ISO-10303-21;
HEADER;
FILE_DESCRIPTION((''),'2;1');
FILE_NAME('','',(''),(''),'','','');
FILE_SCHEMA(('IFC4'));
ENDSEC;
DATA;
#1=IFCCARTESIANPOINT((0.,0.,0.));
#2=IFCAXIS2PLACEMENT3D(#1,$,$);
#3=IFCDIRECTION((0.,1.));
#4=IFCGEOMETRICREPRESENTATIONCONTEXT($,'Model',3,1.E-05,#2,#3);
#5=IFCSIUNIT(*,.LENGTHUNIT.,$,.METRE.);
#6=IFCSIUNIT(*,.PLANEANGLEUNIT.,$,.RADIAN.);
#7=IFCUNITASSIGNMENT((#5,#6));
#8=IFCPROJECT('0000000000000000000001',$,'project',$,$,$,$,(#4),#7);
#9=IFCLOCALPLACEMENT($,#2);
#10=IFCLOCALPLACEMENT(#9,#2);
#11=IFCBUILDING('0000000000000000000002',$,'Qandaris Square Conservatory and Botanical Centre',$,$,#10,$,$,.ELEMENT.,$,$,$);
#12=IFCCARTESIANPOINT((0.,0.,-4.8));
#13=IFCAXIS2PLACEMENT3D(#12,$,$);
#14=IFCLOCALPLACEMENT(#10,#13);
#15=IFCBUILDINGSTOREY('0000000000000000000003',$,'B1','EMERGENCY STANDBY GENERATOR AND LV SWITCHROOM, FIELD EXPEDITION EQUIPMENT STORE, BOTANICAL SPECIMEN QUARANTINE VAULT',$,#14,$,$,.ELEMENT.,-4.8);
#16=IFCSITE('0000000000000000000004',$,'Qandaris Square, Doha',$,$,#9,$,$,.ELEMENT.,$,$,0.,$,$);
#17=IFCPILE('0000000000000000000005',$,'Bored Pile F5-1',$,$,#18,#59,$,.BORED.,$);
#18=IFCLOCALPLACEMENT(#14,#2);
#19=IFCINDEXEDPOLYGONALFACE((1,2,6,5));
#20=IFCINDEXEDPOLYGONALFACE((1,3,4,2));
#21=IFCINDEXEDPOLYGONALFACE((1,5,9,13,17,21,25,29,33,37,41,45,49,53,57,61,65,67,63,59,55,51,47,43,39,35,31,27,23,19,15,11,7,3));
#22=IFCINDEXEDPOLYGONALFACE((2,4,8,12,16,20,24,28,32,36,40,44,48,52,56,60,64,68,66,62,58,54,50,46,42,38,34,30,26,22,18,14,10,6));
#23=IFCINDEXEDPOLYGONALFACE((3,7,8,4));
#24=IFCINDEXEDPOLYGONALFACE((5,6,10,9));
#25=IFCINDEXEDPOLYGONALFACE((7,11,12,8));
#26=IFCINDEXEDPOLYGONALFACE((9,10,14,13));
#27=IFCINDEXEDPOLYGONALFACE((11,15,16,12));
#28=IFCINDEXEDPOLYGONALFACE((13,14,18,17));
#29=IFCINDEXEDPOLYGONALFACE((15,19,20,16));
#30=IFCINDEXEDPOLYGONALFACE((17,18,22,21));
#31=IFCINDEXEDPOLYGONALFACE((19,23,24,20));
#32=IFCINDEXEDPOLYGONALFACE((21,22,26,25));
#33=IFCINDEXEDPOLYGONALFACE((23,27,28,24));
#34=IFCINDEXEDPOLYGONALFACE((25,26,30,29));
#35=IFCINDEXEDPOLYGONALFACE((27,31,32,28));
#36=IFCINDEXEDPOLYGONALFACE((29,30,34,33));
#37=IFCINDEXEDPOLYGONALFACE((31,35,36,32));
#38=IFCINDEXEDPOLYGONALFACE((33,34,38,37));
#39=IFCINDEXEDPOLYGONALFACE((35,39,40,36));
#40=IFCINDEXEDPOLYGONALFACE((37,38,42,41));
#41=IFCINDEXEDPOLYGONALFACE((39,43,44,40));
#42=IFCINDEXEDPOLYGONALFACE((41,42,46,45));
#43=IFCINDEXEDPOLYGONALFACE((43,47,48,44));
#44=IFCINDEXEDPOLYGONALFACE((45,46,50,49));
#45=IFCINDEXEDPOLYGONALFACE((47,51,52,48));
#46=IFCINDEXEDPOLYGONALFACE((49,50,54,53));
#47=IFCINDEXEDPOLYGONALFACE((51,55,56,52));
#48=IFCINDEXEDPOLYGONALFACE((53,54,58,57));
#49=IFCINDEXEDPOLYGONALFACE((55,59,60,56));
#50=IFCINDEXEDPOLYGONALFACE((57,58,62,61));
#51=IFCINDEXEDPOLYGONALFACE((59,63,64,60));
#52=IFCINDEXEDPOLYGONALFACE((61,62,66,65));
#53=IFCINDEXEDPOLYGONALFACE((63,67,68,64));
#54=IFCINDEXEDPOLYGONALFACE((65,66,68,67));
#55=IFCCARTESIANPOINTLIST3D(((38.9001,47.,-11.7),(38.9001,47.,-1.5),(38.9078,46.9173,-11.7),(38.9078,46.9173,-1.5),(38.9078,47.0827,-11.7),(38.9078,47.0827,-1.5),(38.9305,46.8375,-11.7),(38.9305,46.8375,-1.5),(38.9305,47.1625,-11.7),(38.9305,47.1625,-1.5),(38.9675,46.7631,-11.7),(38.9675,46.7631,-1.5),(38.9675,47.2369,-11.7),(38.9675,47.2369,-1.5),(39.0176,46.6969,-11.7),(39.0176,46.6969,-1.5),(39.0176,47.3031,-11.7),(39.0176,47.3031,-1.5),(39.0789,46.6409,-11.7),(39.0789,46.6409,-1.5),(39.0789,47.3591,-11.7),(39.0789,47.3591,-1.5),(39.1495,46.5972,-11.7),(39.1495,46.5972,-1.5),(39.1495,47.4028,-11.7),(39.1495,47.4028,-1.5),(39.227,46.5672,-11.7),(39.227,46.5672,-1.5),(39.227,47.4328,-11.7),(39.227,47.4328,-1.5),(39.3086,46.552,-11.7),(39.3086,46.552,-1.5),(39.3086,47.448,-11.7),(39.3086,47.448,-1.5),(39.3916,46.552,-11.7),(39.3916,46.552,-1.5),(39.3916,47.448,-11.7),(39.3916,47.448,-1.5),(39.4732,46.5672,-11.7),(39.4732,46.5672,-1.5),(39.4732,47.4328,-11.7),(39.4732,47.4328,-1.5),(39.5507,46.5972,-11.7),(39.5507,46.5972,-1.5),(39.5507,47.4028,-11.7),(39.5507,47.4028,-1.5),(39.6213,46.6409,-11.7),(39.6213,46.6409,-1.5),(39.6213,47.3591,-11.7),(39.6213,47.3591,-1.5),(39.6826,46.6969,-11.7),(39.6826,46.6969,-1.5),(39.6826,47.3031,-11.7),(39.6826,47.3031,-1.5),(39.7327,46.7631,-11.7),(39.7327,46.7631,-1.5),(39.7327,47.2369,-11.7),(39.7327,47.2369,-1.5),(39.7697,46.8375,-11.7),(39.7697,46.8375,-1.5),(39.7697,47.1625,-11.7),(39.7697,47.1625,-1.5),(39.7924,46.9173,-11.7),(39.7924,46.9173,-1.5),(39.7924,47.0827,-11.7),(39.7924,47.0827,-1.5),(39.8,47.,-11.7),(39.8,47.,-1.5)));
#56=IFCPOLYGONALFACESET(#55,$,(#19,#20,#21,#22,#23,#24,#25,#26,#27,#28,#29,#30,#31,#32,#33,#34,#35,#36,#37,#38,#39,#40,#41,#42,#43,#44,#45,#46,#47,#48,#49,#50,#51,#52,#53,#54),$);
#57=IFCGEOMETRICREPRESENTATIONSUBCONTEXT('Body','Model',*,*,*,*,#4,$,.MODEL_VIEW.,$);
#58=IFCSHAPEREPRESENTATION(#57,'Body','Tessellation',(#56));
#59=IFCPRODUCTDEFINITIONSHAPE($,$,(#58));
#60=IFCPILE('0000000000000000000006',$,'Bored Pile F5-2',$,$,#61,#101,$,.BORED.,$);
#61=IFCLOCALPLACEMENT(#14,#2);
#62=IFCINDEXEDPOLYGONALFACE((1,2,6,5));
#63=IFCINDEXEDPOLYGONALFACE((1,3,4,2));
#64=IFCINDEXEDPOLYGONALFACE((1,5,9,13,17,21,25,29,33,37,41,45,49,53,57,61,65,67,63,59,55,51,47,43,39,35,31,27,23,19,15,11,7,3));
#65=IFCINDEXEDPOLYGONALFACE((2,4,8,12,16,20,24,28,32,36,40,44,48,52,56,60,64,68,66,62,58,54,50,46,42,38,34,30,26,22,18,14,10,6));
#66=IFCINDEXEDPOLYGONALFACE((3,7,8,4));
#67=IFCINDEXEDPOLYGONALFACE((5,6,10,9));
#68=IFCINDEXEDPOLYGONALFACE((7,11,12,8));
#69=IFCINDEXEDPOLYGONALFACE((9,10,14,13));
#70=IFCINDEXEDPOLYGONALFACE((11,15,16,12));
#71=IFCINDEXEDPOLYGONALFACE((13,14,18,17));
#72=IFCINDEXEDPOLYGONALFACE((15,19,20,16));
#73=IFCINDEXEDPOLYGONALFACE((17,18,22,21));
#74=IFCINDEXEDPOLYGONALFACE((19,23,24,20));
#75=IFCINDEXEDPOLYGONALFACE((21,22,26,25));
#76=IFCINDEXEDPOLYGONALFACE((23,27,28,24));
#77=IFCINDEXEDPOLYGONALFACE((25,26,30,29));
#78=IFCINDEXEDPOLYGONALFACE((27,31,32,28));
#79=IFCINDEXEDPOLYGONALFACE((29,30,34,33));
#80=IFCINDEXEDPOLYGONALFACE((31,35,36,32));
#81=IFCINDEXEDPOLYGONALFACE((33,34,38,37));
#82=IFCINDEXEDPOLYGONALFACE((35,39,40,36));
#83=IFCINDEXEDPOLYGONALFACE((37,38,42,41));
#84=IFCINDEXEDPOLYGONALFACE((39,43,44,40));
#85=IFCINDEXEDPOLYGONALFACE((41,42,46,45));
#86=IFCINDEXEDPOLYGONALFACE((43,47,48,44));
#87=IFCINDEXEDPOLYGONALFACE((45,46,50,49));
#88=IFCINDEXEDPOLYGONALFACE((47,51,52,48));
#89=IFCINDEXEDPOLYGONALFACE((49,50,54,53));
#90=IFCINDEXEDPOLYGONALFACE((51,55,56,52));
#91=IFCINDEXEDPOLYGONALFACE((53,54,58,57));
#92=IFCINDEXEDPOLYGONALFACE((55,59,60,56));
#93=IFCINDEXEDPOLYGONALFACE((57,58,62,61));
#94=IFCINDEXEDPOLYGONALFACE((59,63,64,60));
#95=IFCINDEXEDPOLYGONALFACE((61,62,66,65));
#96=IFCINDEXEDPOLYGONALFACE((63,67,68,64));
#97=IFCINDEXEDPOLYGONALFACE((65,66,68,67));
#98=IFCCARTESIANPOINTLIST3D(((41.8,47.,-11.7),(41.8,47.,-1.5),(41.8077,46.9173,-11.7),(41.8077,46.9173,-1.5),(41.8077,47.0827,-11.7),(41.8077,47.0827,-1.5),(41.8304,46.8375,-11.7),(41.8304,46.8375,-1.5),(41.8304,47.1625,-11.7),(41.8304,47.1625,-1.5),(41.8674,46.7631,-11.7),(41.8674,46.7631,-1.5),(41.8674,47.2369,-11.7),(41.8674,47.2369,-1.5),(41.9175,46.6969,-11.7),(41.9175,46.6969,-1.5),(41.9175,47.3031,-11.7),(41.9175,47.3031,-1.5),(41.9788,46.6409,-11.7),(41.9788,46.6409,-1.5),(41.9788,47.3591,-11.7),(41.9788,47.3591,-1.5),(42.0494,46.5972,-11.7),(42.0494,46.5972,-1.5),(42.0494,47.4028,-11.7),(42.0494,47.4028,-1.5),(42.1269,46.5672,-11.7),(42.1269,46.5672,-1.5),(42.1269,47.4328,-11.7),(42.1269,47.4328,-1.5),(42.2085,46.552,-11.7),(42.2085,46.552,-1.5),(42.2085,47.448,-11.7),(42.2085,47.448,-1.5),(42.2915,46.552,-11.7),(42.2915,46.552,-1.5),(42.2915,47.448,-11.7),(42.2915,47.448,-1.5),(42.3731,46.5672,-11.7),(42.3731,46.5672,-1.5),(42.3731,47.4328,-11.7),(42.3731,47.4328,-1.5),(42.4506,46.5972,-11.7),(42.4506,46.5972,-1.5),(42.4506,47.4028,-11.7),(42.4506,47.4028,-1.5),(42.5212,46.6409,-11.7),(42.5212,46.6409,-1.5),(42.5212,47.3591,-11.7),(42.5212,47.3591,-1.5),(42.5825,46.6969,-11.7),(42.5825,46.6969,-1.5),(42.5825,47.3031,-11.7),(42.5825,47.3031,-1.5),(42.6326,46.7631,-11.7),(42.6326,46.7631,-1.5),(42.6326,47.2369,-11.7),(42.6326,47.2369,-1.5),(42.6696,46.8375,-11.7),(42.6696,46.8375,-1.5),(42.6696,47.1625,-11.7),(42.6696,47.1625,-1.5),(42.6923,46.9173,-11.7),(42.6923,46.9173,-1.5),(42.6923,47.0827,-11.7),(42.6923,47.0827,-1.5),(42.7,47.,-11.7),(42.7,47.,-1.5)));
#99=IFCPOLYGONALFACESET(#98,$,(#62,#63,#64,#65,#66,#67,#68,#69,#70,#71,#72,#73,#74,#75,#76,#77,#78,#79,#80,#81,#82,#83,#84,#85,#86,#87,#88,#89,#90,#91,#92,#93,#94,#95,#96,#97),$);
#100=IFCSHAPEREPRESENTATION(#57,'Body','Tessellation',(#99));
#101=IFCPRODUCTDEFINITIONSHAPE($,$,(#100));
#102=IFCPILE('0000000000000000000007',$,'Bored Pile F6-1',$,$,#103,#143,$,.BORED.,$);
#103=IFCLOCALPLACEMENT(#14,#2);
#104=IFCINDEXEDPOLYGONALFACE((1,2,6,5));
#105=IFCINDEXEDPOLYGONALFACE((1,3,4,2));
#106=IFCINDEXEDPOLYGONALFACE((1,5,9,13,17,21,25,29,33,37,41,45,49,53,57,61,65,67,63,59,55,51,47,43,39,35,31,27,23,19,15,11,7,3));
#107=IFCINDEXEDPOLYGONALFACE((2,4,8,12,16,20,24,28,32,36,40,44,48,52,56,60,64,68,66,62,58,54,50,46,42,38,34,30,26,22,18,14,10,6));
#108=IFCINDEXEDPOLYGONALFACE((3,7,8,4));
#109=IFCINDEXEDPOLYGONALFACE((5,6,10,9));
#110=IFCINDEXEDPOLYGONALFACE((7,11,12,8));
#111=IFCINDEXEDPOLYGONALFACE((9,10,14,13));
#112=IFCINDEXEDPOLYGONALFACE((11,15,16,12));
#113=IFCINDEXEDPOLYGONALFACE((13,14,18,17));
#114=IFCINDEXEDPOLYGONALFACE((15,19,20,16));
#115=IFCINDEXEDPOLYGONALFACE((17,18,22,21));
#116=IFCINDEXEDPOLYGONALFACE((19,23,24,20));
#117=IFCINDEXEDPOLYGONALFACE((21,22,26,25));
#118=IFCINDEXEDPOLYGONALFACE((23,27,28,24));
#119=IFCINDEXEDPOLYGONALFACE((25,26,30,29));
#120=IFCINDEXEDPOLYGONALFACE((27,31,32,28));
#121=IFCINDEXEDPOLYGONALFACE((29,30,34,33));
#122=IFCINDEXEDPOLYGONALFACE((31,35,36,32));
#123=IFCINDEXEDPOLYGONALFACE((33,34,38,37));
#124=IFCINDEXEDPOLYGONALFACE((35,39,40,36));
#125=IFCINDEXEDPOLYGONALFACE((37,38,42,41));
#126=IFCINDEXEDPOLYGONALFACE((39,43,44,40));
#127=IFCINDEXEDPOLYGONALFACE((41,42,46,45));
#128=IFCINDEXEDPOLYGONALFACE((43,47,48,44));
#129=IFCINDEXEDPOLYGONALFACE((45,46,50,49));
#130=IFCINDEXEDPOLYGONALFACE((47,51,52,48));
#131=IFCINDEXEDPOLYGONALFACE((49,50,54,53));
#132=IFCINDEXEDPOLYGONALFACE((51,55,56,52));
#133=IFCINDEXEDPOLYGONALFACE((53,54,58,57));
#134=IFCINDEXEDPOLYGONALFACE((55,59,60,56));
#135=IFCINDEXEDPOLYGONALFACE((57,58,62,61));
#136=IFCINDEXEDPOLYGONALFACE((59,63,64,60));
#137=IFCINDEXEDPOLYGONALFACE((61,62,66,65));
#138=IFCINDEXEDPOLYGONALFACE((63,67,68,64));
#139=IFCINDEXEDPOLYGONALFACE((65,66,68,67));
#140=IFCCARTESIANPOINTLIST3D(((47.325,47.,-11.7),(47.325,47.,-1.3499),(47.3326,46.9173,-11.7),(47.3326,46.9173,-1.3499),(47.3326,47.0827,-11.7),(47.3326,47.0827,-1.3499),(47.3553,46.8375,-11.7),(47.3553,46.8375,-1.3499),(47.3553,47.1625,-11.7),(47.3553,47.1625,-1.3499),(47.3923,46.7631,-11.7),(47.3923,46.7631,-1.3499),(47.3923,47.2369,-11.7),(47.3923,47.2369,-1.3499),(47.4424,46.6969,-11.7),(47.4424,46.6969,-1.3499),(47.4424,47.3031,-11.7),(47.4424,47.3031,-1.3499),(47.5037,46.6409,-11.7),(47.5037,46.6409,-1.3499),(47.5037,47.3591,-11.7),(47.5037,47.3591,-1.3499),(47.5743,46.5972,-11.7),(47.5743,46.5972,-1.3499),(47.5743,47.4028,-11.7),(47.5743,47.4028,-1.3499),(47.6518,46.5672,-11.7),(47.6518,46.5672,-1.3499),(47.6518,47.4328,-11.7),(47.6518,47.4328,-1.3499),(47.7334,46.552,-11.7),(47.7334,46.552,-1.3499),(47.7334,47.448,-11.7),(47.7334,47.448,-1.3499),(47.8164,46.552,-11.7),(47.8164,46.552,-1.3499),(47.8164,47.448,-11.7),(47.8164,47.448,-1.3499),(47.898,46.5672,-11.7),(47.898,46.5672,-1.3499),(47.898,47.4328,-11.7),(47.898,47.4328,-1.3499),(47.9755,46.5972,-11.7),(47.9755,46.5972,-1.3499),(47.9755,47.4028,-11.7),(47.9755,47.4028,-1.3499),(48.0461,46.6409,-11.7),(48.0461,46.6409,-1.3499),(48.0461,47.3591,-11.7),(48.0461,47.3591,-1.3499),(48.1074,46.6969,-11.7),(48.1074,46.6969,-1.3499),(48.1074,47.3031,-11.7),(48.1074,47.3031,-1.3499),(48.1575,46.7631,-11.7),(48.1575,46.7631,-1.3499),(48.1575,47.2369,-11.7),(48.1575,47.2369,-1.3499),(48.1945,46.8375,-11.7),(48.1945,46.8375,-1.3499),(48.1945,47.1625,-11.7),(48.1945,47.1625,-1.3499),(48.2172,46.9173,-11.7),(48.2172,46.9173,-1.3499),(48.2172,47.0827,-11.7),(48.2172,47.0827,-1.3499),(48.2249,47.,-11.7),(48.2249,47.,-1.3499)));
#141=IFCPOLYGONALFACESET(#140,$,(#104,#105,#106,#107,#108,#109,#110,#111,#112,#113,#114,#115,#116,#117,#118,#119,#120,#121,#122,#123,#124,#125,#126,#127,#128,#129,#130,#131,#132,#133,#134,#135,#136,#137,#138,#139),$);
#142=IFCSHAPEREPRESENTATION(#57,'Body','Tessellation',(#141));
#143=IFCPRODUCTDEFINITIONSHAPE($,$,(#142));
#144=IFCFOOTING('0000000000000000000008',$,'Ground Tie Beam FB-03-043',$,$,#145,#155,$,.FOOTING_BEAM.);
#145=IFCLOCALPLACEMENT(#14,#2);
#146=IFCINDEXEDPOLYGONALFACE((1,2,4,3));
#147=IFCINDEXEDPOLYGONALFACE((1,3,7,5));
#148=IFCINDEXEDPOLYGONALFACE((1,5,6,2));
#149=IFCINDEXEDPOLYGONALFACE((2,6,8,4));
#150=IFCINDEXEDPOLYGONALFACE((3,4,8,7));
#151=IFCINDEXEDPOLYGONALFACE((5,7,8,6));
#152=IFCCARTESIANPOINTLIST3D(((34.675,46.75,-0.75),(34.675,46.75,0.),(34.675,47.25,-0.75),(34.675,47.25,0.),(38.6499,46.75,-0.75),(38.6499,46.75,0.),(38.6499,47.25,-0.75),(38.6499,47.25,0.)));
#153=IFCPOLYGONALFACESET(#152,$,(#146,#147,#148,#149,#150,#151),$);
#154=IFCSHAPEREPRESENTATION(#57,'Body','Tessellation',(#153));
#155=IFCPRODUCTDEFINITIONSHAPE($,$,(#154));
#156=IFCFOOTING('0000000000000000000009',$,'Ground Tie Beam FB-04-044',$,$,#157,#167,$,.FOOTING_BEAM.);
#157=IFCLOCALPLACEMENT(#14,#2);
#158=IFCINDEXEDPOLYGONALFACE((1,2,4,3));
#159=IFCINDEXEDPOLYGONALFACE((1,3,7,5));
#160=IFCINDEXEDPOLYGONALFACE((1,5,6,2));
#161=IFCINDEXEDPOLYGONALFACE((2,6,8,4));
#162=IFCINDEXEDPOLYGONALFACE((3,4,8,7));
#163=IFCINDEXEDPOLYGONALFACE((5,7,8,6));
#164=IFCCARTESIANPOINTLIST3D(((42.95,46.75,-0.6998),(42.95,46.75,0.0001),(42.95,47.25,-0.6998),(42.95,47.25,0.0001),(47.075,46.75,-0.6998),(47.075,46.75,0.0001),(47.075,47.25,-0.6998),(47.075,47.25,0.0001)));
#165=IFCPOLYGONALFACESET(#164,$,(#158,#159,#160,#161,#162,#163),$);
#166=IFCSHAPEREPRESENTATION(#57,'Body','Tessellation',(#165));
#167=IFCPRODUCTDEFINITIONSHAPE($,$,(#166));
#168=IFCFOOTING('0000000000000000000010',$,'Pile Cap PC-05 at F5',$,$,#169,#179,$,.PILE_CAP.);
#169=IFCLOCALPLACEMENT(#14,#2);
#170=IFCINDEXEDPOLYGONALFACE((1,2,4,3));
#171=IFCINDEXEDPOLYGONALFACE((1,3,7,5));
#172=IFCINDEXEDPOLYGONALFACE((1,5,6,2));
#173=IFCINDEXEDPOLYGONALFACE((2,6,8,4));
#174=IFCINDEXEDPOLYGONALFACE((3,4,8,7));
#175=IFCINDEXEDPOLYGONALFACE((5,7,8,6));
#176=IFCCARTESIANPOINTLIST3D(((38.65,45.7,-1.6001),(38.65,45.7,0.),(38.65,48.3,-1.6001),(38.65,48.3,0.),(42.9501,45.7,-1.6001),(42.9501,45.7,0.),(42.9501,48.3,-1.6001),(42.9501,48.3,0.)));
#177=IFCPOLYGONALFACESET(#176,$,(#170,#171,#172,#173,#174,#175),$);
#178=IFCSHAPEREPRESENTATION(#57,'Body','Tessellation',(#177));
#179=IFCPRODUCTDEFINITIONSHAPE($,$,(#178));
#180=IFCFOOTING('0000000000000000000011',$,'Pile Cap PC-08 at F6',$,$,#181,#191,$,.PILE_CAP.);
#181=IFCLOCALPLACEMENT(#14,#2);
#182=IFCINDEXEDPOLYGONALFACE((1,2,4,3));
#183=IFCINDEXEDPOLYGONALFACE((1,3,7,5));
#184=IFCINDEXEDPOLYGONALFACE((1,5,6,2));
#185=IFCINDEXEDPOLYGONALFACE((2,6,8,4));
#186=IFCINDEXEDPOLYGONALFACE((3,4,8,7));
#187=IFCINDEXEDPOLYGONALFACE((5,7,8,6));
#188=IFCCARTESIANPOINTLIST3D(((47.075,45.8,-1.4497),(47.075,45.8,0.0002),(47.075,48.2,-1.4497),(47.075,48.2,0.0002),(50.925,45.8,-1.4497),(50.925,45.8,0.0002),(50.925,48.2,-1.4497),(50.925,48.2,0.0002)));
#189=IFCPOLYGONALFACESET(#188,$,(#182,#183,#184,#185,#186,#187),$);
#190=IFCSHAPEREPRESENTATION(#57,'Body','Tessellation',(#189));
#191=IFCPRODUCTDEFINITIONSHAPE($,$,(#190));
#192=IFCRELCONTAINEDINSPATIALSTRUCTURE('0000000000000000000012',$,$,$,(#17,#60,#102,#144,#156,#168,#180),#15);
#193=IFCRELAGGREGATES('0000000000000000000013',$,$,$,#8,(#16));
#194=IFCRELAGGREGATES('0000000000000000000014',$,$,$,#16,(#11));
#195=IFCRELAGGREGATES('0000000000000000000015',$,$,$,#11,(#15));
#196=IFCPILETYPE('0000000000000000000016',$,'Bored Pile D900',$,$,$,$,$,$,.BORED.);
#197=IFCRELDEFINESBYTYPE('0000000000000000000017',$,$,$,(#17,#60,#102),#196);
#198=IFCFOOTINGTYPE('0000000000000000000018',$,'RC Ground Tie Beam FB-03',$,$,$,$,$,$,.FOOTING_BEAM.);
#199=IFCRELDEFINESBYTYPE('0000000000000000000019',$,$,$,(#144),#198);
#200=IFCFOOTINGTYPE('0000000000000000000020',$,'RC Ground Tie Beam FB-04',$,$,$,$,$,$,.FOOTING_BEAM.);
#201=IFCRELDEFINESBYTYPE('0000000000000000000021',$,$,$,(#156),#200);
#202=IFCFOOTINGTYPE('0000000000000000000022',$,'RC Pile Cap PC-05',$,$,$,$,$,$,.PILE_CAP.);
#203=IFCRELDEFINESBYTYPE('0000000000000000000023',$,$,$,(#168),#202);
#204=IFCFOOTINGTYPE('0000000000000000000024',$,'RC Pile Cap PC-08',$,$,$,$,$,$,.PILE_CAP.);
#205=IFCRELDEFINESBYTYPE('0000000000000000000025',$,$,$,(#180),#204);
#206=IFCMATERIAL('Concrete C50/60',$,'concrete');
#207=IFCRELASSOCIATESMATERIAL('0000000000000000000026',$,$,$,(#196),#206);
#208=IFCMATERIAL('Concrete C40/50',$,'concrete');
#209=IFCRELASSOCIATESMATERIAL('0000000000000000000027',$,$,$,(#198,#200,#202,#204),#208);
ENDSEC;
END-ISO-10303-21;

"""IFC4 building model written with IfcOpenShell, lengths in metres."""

from ifc_helpers import new_model, si_unit, direction, frame, origin, origin_2d, place, context, subcontext, project, spatial, rectangle, circle, extrude, material, material_profile, profile_set, type_object, element, save


model = new_model("IFC4")

# Units and contexts
model_context = context("Model", 3, precision=1e-05, world=origin(), true_north=direction((0.0, 1.0)))
body_context = subcontext(model_context, "Body", "Model", "MODEL_VIEW")
ifc_project = project(units=[si_unit("LENGTHUNIT", "METRE"), si_unit("PLANEANGLEUNIT", "RADIAN")], contexts=[model_context])

# Site, building, storey
site_placement = place(None, origin())
site = spatial("IfcSite", under=ifc_project, at=site_placement, Name="Qandaris Square, Doha", CompositionType="ELEMENT", RefElevation=0.0)
building_placement = place(site_placement, origin())
building = spatial("IfcBuilding", under=site, at=building_placement, Name="Qandaris Square Conservatory and Botanical Centre", CompositionType="ELEMENT")
storey_placement = place(building_placement, frame((0.0, 0.0, -4.8)))
storey = spatial("IfcBuildingStorey", under=building, at=storey_placement, Name="B1", Description="EMERGENCY STANDBY GENERATOR AND LV SWITCHROOM, FIELD EXPEDITION EQUIPMENT STORE, BOTANICAL SPECIMEN QUARANTINE VAULT", CompositionType="ELEMENT", Elevation=-4.8)

# Piles
ifc_material_1 = material(Name="Concrete C50/60", Category="concrete")
ifc_material_profile_1 = material_profile(ifc_material_1, circle(Radius=0.45, at=origin_2d()), Name="PILE D900")
ifc_profile_set_1 = profile_set([ifc_material_profile_1], Name="Concrete C50/60")
pile_type = type_object("IfcPileType", Name="Bored Pile D900", PredefinedType="BORED", material=ifc_profile_set_1)
for number, where, z_axis, x_axis, name in (
    (1, (39.3501, 47.0, -1.5), (0.0, 0.0, -1.0), (1.0, 0.0, 0.0), "Bored Pile F5-1"),
    (2, (42.25, 47.0, -1.5), (0.0, 0.0, -1.0), (1.0, 0.0, 0.0), "Bored Pile F5-2"),
):
    element("IfcPile", number, at=place(storey_placement, frame(where, z_axis=z_axis, x_axis=x_axis)), inside=storey, type_object=pile_type, Name=name, PredefinedType="BORED", context=body_context, shape_type="SweptSolid", body=[
        extrude(circle(Radius=0.45, at=origin_2d()), origin(), (0.0, 0.0, 1.0), 10.2),
    ])
pile_placement = place(storey_placement, frame((47.7749, 47.0, -1.3499), z_axis=(0.0, 0.0, -1.0), x_axis=(1.0, 0.0, 0.0)))
element("IfcPile", 3, at=pile_placement, inside=storey, type_object=pile_type, Name="Bored Pile F6-1", PredefinedType="BORED", context=body_context, shape_type="SweptSolid", body=[
    extrude(circle(Radius=0.45, at=origin_2d()), origin(), (0.0, 0.0, 1.0), 10.3501),
])

# Footings
ifc_material_2 = material(Name="Concrete C40/50", Category="concrete")
ifc_material_profile_2 = material_profile(ifc_material_2, rectangle(XDim=0.5, YDim=0.75, at=origin_2d()), Name="FB 500x750")
ifc_profile_set_2 = profile_set([ifc_material_profile_2], Name="Concrete C40/50")
footing_type_1 = type_object("IfcFootingType", Name="RC Ground Tie Beam FB-03", PredefinedType="FOOTING_BEAM", material=ifc_profile_set_2)
footing_1_placement = place(storey_placement, frame((34.675, 47.0, -0.375), z_axis=(1.0, 0.0, 0.0), x_axis=(0.0, 1.0, 0.0)))
element("IfcFooting", 4, at=footing_1_placement, inside=storey, type_object=footing_type_1, Name="Ground Tie Beam FB-03-043", PredefinedType="FOOTING_BEAM", context=body_context, shape_type="SweptSolid", body=[
    extrude(rectangle(XDim=0.5, YDim=0.75, at=origin_2d()), origin(), (0.0, 0.0, 1.0), 3.9749),
])
ifc_material_profile_3 = material_profile(ifc_material_2, rectangle(XDim=0.5, YDim=0.7, at=origin_2d()), Name="FB 500x700")
ifc_profile_set_3 = profile_set([ifc_material_profile_3], Name="Concrete C40/50")
footing_type_2 = type_object("IfcFootingType", Name="RC Ground Tie Beam FB-04", PredefinedType="FOOTING_BEAM", material=ifc_profile_set_3)
footing_2_placement = place(storey_placement, frame((42.95, 47.0, -0.3499), z_axis=(1.0, 0.0, 0.0), x_axis=(0.0, 1.0, 0.0)))
element("IfcFooting", 5, at=footing_2_placement, inside=storey, type_object=footing_type_2, Name="Ground Tie Beam FB-04-044", PredefinedType="FOOTING_BEAM", context=body_context, shape_type="SweptSolid", body=[
    extrude(rectangle(XDim=0.5, YDim=0.7, at=origin_2d()), origin(), (0.0, 0.0, 1.0), 4.125),
])
footing_type_3 = type_object("IfcFootingType", Name="RC Pile Cap PC-05", PredefinedType="PILE_CAP", material=ifc_material_2)
footing_3_placement = place(storey_placement, frame((40.8, 47.0, -1.6001), z_axis=(0.0, 0.0, 1.0), x_axis=(1.0, 0.0, 0.0)))
element("IfcFooting", 6, at=footing_3_placement, inside=storey, type_object=footing_type_3, Name="Pile Cap PC-05 at F5", PredefinedType="PILE_CAP", context=body_context, shape_type="SweptSolid", body=[
    extrude(rectangle(XDim=4.3, YDim=2.6001, at=origin_2d()), origin(), (0.0, 0.0, 1.0), 1.6001),
])
footing_type_4 = type_object("IfcFootingType", Name="RC Pile Cap PC-08", PredefinedType="PILE_CAP", material=ifc_material_2)
footing_4_placement = place(storey_placement, frame((49.0, 47.0, -1.4497), z_axis=(0.0, 0.0, 1.0), x_axis=(1.0, 0.0, 0.0)))
element("IfcFooting", 7, at=footing_4_placement, inside=storey, type_object=footing_type_4, Name="Pile Cap PC-08 at F6", PredefinedType="PILE_CAP", context=body_context, shape_type="SweptSolid", body=[
    extrude(rectangle(XDim=3.8501, YDim=2.3999, at=origin_2d()), origin(), (0.0, 0.0, 1.0), 1.45),
])

save(model, "model.ifc")
